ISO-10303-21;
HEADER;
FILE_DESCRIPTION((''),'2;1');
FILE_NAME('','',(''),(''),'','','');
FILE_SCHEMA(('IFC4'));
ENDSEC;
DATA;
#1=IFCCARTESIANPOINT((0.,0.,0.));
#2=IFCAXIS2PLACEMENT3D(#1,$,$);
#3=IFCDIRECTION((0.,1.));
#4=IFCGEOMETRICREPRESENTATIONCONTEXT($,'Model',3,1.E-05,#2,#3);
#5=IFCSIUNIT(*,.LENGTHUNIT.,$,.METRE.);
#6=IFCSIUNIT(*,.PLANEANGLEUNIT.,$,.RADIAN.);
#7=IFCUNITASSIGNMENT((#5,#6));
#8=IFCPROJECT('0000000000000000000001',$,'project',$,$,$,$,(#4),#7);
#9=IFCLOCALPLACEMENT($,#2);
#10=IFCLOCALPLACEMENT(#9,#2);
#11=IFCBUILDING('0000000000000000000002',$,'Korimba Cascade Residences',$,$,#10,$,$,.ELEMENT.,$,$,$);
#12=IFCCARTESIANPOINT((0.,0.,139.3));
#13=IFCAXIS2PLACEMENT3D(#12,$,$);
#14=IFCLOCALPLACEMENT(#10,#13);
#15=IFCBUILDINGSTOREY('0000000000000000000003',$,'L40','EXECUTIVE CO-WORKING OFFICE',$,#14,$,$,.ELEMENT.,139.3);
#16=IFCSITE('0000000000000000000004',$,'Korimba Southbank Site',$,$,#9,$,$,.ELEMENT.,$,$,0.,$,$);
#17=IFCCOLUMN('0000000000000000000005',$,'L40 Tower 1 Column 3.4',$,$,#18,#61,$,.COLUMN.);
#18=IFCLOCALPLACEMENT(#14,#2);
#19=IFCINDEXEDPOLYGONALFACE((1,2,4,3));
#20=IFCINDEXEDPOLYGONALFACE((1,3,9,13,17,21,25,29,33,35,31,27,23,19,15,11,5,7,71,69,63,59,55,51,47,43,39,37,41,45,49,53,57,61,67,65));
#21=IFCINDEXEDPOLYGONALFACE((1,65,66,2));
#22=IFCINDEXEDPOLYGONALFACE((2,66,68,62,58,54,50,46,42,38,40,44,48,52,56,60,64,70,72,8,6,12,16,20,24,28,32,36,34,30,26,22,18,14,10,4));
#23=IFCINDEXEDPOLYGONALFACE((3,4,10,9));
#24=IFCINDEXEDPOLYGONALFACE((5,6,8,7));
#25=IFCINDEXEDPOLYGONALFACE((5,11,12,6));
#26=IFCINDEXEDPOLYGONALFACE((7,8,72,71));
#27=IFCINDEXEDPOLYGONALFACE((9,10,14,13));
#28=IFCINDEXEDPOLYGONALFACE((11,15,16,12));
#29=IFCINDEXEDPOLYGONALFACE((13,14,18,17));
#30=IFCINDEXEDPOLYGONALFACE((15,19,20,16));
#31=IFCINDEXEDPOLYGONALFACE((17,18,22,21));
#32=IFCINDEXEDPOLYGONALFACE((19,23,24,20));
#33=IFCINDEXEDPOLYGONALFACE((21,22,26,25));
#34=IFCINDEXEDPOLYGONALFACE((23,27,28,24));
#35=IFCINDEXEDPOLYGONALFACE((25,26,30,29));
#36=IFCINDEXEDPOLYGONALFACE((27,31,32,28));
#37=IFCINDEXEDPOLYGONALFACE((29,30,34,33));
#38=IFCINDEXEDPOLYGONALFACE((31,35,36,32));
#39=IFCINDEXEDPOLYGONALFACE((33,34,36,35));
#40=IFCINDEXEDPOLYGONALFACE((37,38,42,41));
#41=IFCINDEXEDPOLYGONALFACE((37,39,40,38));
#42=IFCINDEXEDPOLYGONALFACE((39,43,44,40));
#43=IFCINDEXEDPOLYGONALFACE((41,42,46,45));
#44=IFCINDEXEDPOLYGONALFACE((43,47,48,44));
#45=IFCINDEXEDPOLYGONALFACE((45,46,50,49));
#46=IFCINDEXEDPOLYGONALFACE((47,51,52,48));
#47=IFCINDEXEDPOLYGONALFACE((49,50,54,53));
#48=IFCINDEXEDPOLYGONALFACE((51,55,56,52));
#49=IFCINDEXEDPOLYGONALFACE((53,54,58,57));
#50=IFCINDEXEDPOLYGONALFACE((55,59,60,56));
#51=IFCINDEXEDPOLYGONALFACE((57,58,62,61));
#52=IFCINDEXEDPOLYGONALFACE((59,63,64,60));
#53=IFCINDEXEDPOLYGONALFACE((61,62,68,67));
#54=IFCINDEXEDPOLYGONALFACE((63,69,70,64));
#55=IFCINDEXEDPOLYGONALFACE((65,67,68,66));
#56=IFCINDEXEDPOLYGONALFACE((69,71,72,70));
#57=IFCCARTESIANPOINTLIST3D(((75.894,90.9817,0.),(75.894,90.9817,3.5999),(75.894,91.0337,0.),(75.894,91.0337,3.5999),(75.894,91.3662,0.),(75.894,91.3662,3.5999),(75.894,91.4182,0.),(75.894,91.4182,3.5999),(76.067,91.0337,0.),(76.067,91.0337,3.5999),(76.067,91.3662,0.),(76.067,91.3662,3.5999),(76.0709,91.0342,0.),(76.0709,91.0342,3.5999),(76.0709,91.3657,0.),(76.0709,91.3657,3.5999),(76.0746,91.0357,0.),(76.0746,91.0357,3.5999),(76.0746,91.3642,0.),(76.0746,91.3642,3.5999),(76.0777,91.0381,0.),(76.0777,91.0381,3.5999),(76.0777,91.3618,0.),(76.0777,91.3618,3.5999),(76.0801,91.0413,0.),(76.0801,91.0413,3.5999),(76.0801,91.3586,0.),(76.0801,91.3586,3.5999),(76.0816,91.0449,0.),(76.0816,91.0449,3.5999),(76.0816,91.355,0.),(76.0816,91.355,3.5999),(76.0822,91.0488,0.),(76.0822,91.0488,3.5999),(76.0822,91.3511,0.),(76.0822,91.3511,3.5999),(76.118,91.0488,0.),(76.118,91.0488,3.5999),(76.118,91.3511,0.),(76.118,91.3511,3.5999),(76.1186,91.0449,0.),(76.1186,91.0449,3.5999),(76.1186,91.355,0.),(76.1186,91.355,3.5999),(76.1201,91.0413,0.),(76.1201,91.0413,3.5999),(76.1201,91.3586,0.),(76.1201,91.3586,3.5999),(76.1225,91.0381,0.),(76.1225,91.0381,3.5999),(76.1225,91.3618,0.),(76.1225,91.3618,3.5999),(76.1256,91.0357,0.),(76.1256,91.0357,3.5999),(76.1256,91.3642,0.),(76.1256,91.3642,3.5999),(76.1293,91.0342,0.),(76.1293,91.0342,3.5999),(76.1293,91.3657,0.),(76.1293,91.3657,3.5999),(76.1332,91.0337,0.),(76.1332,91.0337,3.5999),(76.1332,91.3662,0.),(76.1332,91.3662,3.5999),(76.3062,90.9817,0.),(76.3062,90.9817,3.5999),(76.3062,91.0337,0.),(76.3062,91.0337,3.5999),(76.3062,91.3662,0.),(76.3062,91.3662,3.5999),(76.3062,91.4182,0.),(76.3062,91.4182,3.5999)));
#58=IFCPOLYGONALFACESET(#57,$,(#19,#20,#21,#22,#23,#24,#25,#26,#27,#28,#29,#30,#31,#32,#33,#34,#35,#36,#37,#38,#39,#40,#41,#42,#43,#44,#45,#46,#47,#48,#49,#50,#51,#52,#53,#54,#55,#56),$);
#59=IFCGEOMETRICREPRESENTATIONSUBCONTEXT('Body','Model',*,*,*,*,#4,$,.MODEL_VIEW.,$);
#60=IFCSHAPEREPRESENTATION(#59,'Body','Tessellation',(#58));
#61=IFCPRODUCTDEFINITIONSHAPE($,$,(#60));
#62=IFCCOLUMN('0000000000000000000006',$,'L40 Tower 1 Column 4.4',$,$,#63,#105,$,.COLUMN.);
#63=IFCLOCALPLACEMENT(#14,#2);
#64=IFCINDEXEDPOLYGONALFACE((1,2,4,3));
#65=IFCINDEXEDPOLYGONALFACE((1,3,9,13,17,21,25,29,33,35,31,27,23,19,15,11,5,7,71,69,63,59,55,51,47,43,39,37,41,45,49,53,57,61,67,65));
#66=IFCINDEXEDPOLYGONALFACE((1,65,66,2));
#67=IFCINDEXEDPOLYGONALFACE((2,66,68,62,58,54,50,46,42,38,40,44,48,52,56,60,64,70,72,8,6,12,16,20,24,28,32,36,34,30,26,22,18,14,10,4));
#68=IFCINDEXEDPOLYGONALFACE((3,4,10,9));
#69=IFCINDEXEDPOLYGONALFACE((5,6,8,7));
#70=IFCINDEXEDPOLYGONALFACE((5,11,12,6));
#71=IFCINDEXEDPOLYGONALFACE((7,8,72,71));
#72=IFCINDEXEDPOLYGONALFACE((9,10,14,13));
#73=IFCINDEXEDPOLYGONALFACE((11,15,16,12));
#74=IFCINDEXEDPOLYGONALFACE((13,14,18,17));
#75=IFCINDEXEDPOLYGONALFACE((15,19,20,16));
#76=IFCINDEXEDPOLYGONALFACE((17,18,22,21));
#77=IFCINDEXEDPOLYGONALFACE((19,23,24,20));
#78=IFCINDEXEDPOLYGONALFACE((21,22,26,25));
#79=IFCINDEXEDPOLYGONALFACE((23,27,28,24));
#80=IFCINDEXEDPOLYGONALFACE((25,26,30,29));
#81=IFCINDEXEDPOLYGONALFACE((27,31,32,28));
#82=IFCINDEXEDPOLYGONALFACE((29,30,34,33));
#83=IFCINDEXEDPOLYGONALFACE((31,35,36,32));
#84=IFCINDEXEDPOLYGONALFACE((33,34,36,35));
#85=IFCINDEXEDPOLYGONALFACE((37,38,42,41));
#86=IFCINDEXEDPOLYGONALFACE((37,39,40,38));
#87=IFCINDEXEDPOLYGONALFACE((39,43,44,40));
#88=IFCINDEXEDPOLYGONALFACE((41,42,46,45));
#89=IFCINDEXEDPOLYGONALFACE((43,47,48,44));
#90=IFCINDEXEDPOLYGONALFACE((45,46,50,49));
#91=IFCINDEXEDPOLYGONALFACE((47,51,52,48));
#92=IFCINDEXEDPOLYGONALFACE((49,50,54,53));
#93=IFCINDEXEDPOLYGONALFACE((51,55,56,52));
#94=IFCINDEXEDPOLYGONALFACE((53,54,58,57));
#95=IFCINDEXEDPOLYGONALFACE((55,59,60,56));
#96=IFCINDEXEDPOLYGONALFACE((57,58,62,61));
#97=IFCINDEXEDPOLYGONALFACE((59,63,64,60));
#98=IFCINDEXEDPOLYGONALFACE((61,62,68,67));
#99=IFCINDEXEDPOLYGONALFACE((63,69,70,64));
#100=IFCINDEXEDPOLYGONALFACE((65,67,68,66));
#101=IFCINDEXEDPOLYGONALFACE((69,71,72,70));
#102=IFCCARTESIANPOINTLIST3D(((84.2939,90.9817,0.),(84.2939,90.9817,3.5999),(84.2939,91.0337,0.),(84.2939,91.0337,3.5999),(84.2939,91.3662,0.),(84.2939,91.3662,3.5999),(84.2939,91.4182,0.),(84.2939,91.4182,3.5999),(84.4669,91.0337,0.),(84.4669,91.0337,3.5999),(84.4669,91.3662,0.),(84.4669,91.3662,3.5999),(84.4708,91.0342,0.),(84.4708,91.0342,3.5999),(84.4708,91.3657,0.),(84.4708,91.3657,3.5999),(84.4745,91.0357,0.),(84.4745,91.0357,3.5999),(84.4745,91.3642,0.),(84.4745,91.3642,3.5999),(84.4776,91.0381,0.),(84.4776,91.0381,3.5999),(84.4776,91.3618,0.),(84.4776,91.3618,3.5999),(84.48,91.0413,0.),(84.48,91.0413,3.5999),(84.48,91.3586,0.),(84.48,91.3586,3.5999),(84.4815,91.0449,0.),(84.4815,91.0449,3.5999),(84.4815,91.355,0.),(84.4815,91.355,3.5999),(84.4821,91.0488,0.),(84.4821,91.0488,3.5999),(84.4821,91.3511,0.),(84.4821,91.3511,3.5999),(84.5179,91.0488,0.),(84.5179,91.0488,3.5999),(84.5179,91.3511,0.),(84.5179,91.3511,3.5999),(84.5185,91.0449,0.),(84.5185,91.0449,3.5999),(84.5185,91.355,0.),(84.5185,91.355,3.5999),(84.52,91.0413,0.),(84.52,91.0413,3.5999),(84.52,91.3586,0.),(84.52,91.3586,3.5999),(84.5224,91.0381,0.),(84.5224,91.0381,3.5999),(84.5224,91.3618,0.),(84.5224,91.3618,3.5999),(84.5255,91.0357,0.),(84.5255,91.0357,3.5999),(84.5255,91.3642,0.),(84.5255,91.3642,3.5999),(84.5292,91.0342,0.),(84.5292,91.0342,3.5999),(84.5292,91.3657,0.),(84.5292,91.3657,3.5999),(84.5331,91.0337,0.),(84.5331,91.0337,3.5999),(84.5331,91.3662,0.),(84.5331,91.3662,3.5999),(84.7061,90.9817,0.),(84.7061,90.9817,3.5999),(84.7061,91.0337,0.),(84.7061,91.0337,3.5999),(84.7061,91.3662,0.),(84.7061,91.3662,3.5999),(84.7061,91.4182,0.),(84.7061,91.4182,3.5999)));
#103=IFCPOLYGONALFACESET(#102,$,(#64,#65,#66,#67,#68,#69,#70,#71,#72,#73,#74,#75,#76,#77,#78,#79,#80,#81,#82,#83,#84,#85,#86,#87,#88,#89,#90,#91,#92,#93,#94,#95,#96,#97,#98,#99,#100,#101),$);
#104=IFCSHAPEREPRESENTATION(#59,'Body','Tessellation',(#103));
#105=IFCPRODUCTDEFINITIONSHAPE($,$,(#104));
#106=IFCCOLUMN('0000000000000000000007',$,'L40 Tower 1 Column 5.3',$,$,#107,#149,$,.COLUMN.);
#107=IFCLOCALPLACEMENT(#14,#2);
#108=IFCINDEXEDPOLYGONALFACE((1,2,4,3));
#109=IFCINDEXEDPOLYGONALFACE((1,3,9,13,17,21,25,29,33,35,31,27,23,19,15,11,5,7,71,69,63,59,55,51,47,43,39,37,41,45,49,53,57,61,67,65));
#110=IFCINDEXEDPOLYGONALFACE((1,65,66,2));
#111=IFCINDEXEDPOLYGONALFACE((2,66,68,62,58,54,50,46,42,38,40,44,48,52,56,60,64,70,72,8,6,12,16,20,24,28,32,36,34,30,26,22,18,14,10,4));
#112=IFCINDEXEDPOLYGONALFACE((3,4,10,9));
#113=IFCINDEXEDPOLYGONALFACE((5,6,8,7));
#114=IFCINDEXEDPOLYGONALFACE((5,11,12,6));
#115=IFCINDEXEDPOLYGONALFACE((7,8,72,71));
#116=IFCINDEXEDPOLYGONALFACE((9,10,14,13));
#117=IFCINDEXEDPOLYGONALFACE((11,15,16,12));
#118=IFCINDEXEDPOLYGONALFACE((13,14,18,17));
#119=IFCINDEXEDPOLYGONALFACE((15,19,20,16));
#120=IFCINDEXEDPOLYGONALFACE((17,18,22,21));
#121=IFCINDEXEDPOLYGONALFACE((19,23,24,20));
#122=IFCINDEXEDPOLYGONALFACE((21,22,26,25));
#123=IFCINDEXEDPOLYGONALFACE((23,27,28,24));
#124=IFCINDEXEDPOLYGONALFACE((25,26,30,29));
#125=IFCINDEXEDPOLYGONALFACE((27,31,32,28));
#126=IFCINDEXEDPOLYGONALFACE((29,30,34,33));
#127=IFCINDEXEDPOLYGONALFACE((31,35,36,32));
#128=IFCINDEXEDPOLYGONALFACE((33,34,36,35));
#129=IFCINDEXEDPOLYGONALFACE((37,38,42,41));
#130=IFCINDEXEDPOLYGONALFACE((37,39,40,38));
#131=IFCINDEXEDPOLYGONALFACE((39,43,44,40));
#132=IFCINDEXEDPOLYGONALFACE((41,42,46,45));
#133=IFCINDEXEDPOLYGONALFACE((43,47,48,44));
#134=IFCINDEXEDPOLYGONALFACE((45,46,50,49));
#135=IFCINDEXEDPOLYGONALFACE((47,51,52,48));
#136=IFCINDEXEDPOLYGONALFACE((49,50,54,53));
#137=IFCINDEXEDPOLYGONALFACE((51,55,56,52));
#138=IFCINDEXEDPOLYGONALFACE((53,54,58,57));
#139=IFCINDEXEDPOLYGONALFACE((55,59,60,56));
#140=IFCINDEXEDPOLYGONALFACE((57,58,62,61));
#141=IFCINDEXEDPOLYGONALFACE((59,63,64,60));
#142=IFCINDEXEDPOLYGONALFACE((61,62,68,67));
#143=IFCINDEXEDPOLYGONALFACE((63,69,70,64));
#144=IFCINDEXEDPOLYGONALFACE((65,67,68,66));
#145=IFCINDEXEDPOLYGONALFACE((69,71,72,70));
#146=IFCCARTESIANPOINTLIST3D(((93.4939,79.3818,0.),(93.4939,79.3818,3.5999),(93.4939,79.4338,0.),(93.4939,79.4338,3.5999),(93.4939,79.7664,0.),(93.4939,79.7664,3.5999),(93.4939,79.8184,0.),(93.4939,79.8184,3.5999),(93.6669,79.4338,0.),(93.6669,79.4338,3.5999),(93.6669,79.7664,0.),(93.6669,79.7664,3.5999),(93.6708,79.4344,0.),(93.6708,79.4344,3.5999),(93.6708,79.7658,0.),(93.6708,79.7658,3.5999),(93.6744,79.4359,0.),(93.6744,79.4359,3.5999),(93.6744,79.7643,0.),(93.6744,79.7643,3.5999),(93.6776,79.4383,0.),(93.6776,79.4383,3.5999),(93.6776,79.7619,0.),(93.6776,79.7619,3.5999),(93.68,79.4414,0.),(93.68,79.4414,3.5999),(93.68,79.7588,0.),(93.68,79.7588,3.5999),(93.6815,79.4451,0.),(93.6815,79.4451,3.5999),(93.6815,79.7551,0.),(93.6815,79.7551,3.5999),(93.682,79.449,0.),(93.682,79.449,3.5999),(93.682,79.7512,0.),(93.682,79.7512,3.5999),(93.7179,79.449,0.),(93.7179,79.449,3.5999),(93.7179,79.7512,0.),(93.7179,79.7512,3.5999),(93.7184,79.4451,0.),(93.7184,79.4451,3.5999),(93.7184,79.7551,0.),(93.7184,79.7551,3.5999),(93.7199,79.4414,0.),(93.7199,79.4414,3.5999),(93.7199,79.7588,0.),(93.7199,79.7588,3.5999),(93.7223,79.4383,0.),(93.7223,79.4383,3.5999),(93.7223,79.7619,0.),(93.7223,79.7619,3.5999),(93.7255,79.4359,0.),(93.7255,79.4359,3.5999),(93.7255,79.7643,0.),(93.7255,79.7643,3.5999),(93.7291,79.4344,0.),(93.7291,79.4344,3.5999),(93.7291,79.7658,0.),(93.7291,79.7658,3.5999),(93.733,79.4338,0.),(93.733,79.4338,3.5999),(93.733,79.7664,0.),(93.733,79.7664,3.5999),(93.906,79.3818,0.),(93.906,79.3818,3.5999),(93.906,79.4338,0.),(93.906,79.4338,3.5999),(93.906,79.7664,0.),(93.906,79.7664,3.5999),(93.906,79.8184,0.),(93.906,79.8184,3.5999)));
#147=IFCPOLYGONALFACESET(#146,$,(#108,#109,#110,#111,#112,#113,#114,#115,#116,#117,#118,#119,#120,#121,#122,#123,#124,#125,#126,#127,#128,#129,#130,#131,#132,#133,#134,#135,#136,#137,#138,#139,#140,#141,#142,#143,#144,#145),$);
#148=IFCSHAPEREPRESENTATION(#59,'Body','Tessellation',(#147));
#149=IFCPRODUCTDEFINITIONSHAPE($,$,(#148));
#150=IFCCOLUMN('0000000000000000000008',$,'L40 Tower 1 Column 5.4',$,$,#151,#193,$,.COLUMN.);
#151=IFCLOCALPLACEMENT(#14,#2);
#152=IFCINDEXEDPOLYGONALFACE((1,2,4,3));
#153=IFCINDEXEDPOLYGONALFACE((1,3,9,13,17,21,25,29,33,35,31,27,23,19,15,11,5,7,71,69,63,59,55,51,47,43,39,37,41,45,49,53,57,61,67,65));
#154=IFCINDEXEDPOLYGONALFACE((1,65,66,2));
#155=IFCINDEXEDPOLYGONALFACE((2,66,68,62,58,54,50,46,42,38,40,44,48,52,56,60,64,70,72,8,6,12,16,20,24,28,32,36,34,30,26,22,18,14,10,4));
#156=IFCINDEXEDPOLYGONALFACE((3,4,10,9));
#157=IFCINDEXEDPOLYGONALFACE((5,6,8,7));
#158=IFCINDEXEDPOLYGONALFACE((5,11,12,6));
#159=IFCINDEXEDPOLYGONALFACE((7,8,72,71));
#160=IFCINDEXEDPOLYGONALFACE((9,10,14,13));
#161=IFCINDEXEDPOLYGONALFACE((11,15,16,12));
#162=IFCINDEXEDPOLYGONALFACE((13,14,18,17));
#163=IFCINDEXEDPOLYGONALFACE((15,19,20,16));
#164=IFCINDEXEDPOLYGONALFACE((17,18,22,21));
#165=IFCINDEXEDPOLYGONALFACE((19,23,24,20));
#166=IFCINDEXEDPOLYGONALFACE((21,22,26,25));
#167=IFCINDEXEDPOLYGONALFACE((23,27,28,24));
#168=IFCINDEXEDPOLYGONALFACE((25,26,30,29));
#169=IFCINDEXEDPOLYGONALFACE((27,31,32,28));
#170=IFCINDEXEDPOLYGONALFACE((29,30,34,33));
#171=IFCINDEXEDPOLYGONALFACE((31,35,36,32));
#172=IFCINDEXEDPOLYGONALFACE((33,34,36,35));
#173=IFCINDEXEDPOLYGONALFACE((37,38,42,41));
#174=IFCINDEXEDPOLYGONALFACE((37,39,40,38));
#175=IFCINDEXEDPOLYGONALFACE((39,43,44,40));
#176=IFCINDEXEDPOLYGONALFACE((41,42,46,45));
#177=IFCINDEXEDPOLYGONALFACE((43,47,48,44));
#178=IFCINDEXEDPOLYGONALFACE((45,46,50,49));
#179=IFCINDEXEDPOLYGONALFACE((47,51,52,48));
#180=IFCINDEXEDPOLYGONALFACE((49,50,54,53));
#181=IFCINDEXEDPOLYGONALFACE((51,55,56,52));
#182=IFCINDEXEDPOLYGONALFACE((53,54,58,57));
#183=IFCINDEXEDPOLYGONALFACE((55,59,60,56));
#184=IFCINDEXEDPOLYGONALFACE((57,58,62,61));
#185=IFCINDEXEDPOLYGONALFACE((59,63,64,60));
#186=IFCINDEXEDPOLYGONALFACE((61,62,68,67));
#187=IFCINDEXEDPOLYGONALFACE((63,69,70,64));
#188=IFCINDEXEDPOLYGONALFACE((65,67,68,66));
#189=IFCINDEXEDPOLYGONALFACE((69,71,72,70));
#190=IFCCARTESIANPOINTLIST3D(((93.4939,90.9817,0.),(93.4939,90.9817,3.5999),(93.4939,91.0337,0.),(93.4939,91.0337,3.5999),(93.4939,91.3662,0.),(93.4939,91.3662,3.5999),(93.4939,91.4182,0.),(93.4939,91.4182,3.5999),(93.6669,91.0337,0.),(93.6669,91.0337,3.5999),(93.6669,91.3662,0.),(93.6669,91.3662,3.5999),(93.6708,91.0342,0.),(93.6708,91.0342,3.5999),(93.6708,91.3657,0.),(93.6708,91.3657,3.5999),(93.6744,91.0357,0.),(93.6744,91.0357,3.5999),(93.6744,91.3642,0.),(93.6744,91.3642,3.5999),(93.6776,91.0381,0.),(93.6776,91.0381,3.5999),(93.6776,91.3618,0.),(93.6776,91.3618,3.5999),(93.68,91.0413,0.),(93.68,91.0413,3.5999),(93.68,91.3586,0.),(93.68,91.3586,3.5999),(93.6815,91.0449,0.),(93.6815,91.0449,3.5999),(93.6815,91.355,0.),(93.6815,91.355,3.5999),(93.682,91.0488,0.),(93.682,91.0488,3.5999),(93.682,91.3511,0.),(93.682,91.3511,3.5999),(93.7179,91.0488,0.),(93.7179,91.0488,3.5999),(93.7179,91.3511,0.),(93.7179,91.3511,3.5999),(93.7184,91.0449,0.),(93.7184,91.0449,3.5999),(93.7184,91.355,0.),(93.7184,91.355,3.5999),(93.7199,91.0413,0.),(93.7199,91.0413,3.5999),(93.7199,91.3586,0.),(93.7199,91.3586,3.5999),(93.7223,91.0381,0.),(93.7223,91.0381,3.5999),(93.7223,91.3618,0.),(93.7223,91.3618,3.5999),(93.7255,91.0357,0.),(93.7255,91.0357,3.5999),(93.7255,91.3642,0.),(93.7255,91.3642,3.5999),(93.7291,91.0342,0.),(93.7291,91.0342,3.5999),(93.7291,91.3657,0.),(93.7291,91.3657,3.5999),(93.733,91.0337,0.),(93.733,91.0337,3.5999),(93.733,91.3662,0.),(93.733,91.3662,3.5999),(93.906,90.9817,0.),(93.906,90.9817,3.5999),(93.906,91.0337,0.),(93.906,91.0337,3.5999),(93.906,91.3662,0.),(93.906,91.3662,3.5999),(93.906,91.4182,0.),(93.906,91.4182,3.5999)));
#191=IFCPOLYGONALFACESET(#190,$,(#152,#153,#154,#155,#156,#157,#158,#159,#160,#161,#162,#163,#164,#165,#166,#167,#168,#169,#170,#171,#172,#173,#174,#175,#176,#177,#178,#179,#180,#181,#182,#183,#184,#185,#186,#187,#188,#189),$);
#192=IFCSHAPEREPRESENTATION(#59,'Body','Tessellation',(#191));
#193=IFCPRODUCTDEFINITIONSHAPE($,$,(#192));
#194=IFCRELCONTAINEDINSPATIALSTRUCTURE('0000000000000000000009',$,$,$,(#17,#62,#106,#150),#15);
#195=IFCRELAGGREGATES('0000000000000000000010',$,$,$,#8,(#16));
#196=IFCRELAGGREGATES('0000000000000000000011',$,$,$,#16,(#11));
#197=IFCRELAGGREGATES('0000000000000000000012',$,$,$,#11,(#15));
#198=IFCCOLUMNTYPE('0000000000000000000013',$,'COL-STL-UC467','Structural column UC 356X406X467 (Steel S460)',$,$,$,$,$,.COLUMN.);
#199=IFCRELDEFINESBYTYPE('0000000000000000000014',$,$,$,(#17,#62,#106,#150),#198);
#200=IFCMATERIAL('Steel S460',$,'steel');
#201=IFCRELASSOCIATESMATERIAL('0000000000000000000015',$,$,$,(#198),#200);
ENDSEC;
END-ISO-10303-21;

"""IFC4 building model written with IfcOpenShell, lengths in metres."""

from ifc_helpers import new_model, si_unit, direction, frame, origin, origin_2d, place, context, subcontext, project, spatial, i_section, extrude, material, material_profile, profile_set, type_object, element, save


model = new_model("IFC4")

# Units and contexts
model_context = context("Model", 3, precision=1e-05, world=origin(), true_north=direction((0.0, 1.0)))
body_context = subcontext(model_context, "Body", "Model", "MODEL_VIEW")
ifc_project = project(units=[si_unit("LENGTHUNIT", "METRE"), si_unit("PLANEANGLEUNIT", "RADIAN")], contexts=[model_context])

# Site, building, storey
site_placement = place(None, origin())
site = spatial("IfcSite", under=ifc_project, at=site_placement, Name="Korimba Southbank Site", CompositionType="ELEMENT", RefElevation=0.0)
building_placement = place(site_placement, origin())
building = spatial("IfcBuilding", under=site, at=building_placement, Name="Korimba Cascade Residences", CompositionType="ELEMENT")
storey_placement = place(building_placement, frame((0.0, 0.0, 139.3)))
storey = spatial("IfcBuildingStorey", under=building, at=storey_placement, Name="L40", Description="EXECUTIVE CO-WORKING OFFICE", CompositionType="ELEMENT", Elevation=139.3)

# Columns
ifc_material_1 = material(Name="Steel S460", Category="steel")
ifc_material_profile_1 = material_profile(ifc_material_1, i_section(OverallWidth=0.4121, OverallDepth=0.4365, WebThickness=0.0359, FlangeThickness=0.052, FilletRadius=0.0151, at=origin_2d()), Name="Steel S460")
ifc_profile_set_1 = profile_set([ifc_material_profile_1], Name="Steel S460")
column_type = type_object("IfcColumnType", Name="COL-STL-UC467", Description="Structural column UC 356X406X467 (Steel S460)", PredefinedType="COLUMN", material=ifc_profile_set_1)
for number, where, z_axis, x_axis, name in (
    (1, (76.1001, 91.2, 0.0), (0.0, 0.0, 1.0), (1.0, 0.0, 0.0), "L40 Tower 1 Column 3.4"),
    (2, (84.5, 91.2, 0.0), (0.0, 0.0, 1.0), (1.0, 0.0, 0.0), "L40 Tower 1 Column 4.4"),
    (3, (93.7, 79.6001, 0.0), (0.0, 0.0, 1.0), (1.0, 0.0, 0.0), "L40 Tower 1 Column 5.3"),
    (4, (93.7, 91.2, 0.0), (0.0, 0.0, 1.0), (1.0, 0.0, 0.0), "L40 Tower 1 Column 5.4"),
):
    element("IfcColumn", number, at=place(storey_placement, frame(where, z_axis=z_axis, x_axis=x_axis)), inside=storey, type_object=column_type, Name=name, PredefinedType="COLUMN", context=body_context, shape_type="SweptSolid", body=[
        extrude(i_section(OverallWidth=0.4121, OverallDepth=0.4365, WebThickness=0.0359, FlangeThickness=0.052, FilletRadius=0.0151, at=origin_2d()), origin(), (0.0, 0.0, 1.0), 3.5999),
    ])

save(model, "model.ifc")
